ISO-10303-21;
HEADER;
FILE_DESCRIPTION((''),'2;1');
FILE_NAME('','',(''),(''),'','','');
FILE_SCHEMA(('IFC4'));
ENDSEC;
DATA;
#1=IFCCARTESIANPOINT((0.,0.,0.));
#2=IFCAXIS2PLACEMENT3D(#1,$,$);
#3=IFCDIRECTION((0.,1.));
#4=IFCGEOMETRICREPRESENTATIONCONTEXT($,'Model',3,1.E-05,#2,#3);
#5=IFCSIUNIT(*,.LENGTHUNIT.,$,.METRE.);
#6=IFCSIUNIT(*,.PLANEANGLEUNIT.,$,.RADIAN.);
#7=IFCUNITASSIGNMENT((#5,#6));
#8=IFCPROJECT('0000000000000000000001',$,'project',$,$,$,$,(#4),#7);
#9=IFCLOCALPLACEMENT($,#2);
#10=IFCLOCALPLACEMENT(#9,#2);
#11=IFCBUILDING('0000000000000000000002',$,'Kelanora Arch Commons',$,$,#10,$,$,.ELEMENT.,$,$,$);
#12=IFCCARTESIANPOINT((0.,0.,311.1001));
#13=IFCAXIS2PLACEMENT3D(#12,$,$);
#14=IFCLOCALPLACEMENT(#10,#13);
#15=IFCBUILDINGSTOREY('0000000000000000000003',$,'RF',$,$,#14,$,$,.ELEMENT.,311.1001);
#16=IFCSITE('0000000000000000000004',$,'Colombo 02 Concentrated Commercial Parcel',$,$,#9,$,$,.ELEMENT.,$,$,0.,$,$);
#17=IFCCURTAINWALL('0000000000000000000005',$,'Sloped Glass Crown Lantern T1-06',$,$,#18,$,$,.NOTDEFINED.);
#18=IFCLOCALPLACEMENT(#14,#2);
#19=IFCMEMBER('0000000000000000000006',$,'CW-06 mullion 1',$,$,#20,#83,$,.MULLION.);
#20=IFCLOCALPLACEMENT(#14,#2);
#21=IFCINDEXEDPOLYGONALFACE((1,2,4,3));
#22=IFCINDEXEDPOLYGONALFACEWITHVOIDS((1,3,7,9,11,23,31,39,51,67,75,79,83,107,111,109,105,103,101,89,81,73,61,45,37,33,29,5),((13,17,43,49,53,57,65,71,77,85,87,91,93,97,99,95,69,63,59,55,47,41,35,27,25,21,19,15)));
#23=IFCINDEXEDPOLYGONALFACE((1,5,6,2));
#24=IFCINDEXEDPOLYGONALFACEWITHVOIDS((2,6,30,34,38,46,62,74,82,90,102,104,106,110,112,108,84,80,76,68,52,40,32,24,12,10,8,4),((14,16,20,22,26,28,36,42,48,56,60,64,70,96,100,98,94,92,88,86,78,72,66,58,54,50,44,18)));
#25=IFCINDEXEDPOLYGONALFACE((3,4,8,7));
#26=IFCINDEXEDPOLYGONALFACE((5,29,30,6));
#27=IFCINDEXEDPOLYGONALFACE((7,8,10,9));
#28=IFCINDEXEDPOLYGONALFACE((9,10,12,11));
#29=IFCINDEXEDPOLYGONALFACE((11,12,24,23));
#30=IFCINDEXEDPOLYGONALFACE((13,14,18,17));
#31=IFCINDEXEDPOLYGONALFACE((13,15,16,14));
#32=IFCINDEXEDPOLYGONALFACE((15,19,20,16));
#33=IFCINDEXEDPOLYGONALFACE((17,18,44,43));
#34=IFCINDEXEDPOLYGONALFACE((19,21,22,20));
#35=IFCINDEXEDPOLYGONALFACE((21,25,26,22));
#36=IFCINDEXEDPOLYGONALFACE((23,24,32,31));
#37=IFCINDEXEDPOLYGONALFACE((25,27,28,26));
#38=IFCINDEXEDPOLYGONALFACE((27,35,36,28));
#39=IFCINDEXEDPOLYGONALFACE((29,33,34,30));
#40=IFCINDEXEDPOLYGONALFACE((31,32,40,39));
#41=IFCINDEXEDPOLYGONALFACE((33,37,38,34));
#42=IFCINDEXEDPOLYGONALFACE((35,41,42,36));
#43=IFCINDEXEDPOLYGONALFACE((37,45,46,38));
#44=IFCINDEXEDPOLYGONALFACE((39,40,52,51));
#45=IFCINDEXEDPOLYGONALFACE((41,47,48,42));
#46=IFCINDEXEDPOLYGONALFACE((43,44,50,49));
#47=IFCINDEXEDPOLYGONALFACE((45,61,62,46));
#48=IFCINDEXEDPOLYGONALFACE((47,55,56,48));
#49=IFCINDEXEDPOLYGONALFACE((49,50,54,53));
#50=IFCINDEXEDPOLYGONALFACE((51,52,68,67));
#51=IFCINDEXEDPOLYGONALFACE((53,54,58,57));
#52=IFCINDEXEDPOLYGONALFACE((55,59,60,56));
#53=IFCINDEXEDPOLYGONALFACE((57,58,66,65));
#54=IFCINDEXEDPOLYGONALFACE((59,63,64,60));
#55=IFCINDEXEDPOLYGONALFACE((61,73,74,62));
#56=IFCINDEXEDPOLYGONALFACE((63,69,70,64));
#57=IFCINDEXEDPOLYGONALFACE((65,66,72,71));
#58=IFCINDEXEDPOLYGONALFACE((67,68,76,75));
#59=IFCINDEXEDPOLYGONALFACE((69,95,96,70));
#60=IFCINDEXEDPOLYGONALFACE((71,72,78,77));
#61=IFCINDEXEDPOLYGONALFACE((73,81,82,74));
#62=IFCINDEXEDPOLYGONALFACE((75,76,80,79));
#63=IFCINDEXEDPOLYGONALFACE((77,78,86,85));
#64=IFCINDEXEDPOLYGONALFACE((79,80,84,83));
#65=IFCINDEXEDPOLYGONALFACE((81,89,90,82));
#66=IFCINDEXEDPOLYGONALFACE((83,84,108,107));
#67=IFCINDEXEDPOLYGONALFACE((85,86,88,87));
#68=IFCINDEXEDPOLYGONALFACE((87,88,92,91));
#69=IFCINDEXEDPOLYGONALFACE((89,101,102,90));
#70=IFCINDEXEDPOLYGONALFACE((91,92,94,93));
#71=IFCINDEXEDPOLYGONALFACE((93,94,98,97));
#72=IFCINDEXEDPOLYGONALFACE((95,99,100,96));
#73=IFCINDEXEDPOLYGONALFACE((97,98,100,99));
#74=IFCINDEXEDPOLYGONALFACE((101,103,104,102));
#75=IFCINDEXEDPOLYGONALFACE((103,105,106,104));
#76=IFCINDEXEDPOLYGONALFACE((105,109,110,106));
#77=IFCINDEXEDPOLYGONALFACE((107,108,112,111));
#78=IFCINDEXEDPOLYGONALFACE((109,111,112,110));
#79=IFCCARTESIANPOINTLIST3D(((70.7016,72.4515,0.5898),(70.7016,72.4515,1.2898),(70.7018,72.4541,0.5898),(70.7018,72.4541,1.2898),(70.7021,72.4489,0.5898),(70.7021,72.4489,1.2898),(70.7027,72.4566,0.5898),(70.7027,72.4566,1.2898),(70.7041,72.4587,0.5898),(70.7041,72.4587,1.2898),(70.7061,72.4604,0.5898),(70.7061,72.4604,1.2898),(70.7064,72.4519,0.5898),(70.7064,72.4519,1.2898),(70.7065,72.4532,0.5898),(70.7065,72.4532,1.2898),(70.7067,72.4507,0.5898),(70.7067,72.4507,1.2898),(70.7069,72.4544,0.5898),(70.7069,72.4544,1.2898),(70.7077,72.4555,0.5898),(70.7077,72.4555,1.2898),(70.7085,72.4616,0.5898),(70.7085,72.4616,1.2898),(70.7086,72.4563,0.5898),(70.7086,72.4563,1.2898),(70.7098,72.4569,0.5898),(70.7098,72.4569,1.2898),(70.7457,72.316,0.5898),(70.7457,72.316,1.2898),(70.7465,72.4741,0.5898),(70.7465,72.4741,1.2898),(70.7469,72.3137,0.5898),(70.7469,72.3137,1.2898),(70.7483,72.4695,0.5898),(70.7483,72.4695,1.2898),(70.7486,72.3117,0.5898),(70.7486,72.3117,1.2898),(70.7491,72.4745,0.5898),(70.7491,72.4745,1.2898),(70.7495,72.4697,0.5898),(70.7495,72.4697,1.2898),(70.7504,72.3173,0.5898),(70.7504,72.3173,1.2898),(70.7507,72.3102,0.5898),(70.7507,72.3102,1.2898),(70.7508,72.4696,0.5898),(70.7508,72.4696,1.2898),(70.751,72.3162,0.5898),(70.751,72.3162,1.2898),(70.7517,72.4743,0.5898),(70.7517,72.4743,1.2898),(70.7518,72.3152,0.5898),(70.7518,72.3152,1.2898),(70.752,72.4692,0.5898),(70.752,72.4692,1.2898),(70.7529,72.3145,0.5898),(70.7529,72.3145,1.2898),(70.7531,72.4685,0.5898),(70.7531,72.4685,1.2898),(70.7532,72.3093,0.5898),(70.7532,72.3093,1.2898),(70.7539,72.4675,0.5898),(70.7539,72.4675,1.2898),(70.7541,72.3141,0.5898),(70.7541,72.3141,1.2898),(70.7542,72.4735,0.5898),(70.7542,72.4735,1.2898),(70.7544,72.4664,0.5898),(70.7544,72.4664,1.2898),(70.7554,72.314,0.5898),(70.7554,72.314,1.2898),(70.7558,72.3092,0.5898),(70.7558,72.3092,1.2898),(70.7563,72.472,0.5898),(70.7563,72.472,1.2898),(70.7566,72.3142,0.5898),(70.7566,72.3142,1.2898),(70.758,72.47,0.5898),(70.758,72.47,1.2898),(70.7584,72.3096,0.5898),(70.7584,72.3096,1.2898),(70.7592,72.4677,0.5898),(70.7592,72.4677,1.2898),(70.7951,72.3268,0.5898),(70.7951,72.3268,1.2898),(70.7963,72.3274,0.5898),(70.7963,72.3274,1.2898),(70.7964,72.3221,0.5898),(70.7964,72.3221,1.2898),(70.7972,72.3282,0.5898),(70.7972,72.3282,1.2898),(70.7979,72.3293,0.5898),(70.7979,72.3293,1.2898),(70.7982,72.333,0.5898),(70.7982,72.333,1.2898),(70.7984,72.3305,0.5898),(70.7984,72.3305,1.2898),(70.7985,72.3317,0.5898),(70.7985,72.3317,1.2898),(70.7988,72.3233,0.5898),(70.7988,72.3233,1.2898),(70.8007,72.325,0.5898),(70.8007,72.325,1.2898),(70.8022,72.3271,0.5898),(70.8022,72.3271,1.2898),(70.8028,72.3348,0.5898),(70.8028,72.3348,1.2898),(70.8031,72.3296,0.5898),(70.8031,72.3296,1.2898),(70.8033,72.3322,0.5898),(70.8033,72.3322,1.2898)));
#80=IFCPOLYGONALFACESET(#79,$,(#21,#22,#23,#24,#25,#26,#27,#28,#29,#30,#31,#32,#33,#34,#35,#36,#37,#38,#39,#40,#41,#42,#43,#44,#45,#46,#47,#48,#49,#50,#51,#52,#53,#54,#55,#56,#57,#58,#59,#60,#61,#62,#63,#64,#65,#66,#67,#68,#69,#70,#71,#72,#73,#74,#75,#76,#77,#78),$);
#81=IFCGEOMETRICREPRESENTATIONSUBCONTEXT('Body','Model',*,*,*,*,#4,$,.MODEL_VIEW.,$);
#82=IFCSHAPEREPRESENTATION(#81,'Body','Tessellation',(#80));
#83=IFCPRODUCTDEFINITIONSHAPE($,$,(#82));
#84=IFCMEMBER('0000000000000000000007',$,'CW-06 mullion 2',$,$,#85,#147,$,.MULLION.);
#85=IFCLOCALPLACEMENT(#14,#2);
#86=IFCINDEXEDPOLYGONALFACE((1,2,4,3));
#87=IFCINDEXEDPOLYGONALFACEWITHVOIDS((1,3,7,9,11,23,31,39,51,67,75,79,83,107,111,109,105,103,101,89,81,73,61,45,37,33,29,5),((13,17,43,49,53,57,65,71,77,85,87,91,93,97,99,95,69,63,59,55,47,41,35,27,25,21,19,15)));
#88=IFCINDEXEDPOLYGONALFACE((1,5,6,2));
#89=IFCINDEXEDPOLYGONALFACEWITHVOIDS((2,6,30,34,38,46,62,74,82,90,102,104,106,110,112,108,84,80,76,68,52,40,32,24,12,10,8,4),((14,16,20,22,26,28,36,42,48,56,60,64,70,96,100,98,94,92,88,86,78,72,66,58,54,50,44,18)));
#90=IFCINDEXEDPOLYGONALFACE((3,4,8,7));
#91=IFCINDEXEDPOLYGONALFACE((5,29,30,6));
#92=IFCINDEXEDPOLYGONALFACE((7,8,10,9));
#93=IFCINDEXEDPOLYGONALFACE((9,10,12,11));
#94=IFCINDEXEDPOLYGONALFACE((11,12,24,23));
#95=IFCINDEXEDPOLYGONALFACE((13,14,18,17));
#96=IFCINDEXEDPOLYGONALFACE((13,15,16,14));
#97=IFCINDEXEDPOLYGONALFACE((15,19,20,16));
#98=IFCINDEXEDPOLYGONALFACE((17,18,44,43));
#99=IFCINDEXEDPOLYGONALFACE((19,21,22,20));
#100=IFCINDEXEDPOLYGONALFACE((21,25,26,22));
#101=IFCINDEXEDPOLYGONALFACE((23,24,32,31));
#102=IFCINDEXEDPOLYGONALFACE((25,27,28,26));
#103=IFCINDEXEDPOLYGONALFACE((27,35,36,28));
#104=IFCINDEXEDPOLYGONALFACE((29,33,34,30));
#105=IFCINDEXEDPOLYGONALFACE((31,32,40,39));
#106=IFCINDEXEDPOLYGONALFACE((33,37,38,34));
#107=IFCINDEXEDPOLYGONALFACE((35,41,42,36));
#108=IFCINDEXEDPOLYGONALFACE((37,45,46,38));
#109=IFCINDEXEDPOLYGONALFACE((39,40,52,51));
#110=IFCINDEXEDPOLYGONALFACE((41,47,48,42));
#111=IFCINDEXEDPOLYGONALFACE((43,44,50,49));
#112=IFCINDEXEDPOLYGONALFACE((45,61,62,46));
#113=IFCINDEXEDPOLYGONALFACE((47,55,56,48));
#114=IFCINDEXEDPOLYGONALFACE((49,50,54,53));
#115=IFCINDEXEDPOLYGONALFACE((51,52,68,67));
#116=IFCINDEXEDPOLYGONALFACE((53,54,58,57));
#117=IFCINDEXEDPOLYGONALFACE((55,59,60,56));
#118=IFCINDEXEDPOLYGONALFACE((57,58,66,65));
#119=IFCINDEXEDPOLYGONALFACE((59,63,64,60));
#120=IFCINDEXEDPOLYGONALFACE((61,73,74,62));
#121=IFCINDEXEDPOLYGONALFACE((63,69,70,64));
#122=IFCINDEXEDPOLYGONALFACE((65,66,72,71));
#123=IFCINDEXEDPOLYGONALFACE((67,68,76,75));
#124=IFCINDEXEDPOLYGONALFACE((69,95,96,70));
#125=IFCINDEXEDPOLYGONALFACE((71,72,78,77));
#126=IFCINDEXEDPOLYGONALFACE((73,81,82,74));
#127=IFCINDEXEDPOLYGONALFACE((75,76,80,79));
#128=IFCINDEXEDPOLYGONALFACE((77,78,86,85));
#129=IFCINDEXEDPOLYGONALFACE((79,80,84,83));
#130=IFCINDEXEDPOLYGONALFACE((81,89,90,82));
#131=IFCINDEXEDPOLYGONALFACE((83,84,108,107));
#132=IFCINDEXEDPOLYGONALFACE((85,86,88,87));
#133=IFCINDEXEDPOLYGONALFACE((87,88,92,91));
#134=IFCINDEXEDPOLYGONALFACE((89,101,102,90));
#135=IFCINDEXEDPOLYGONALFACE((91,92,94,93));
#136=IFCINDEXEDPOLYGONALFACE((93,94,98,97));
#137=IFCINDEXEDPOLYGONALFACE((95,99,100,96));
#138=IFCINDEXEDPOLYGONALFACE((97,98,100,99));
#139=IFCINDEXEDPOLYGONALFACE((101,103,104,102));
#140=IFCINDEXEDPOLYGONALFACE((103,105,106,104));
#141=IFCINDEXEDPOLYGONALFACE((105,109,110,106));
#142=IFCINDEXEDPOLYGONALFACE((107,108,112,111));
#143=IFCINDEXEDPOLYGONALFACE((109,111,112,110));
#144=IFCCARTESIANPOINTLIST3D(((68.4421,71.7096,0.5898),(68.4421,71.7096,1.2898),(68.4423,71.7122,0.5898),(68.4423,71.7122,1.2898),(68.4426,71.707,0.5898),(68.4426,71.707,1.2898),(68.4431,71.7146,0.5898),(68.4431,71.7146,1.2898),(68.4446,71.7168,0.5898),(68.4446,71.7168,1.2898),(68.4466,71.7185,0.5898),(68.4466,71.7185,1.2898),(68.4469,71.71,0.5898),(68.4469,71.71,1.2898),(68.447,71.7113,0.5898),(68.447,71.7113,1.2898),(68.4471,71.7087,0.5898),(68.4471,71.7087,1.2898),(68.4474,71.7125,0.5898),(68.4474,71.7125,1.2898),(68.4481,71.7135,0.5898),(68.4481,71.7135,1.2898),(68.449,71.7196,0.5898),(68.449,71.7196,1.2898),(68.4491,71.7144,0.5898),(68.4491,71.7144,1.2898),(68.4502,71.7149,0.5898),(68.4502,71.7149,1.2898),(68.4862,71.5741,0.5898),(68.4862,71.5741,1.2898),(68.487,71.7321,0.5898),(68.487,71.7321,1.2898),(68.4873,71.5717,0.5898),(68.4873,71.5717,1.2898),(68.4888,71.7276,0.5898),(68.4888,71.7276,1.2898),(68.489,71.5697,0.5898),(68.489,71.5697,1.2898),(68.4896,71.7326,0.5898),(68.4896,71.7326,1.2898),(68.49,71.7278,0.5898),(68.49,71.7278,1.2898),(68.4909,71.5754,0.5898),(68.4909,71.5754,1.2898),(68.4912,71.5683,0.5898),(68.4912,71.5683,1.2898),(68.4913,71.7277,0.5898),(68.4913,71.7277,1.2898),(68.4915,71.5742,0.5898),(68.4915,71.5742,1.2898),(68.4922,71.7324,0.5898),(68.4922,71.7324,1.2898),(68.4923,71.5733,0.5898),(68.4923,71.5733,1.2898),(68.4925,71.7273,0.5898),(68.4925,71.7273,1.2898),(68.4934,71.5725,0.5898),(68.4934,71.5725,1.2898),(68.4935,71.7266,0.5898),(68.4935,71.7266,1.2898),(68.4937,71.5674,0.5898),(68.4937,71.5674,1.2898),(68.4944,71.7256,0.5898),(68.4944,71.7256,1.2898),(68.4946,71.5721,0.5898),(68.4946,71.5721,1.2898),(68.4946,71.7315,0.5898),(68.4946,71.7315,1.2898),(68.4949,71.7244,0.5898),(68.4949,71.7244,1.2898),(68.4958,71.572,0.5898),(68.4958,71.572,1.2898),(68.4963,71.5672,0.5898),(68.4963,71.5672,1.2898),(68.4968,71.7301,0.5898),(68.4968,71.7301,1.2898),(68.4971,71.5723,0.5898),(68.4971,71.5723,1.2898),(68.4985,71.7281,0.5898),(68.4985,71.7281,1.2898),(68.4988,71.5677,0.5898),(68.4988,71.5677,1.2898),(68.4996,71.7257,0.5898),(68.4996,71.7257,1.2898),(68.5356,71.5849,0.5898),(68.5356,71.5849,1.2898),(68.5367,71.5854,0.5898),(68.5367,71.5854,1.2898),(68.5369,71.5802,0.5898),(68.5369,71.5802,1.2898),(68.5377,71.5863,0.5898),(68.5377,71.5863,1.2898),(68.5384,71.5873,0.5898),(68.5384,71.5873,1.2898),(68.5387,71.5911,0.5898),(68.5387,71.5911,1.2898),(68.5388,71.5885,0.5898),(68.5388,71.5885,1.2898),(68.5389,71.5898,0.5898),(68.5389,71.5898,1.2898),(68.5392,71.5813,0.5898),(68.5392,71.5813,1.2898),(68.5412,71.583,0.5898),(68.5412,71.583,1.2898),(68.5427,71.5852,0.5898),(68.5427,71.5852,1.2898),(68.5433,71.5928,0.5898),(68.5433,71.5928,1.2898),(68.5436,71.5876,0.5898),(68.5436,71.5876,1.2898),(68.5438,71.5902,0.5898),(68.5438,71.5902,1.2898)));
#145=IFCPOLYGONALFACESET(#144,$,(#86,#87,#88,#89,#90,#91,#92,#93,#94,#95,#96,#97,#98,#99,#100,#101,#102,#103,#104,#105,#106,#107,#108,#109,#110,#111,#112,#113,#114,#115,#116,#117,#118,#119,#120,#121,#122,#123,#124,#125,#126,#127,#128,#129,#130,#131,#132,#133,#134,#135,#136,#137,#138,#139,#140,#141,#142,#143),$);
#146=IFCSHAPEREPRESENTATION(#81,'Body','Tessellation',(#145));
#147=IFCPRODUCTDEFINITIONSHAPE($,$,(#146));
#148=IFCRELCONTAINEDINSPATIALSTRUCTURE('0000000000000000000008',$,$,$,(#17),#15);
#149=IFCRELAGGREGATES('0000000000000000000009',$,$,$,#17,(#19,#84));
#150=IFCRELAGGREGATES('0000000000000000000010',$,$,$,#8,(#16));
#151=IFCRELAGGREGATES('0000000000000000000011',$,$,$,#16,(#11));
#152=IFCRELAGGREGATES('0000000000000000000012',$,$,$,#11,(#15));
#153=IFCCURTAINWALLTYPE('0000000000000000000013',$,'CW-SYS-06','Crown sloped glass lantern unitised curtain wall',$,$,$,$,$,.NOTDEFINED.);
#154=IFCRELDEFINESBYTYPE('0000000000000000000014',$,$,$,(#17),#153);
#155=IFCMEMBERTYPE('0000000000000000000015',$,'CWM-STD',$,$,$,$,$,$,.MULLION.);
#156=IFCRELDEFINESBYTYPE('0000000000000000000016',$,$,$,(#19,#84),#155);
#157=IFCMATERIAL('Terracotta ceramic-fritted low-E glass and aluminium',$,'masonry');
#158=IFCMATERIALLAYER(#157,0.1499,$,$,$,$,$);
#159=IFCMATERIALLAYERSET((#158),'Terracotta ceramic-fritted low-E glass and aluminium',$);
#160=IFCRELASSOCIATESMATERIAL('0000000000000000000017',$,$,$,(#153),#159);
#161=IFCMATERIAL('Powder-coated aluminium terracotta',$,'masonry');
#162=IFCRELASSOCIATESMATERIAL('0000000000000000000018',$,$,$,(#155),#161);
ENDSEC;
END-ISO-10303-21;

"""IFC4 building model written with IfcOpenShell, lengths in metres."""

from ifc_helpers import new_model, si_unit, direction, frame, origin, origin_2d, place, context, subcontext, project, spatial, hollow_rectangle, extrude, material, layer, layer_set, material_profile, profile_set, type_object, element, aggregate, save


model = new_model("IFC4")

# Units and contexts
model_context = context("Model", 3, precision=1e-05, world=origin(), true_north=direction((0.0, 1.0)))
body_context = subcontext(model_context, "Body", "Model", "MODEL_VIEW")
ifc_project = project(units=[si_unit("LENGTHUNIT", "METRE"), si_unit("PLANEANGLEUNIT", "RADIAN")], contexts=[model_context])

# Site, building, storey
site_placement = place(None, origin())
site = spatial("IfcSite", under=ifc_project, at=site_placement, Name="Colombo 02 Concentrated Commercial Parcel", CompositionType="ELEMENT", RefElevation=0.0)
building_placement = place(site_placement, origin())
building = spatial("IfcBuilding", under=site, at=building_placement, Name="Kelanora Arch Commons", CompositionType="ELEMENT")
storey_placement = place(building_placement, frame((0.0, 0.0, 311.1001)))
storey = spatial("IfcBuildingStorey", under=building, at=storey_placement, Name="RF", CompositionType="ELEMENT", Elevation=311.1001)

# Shared definitions
ifc_material_1 = material(Name="Terracotta ceramic-fritted low-E glass and aluminium", Category="masonry")
ifc_layer_1 = layer(ifc_material_1, 0.1499)
ifc_layer_set_1 = layer_set([ifc_layer_1], Name="Terracotta ceramic-fritted low-E glass and aluminium")
curtain_wall_type = type_object("IfcCurtainWallType", Name="CW-SYS-06", Description="Crown sloped glass lantern unitised curtain wall", PredefinedType="NOTDEFINED", material=ifc_layer_set_1)
ifc_material_2 = material(Name="Powder-coated aluminium terracotta", Category="masonry")
ifc_material_profile_1 = material_profile(ifc_material_2, hollow_rectangle(XDim=0.1599, YDim=0.0601, WallThickness=0.0049, InnerFilletRadius=0.0049, OuterFilletRadius=0.01, at=origin_2d()), Name="CWM160x60")
ifc_profile_set_1 = profile_set([ifc_material_profile_1], Name="Powder-coated aluminium terracotta")
member_type_1 = type_object("IfcMemberType", Name="CWM-STD", PredefinedType="MULLION", material=ifc_profile_set_1)

# Curtain wall, members
curtain_wall_1_placement = place(storey_placement, origin())
curtain_wall_1 = element("IfcCurtainWall", 1, at=curtain_wall_1_placement, inside=storey, type_object=curtain_wall_type, Name="Sloped Glass Crown Lantern T1-06", PredefinedType="NOTDEFINED")
member_1_placement = place(storey_placement, frame((70.7524, 72.3918, 0.5898), z_axis=(0.0, 0.0, 1.0), x_axis=(0.311945, -0.9501, 0.0)))
member_1 = element("IfcMember", 2, at=member_1_placement, type_object=member_type_1, Name="CW-06 mullion 1", PredefinedType="MULLION", context=body_context, shape_type="SweptSolid", body=[
    extrude(hollow_rectangle(XDim=0.1599, YDim=0.0601, WallThickness=0.0049, InnerFilletRadius=0.0049, OuterFilletRadius=0.01, at=origin_2d()), origin(), (0.0, 0.0, 1.0), 0.7),
])
member_2_placement = place(storey_placement, frame((68.4929, 71.6499, 0.5898), z_axis=(0.0, 0.0, 1.0), x_axis=(0.311945, -0.9501, 0.0)))
member_2 = element("IfcMember", 3, at=member_2_placement, type_object=member_type_1, Name="CW-06 mullion 2", PredefinedType="MULLION", context=body_context, shape_type="SweptSolid", body=[
    extrude(hollow_rectangle(XDim=0.1599, YDim=0.0601, WallThickness=0.0049, InnerFilletRadius=0.0049, OuterFilletRadius=0.01, at=origin_2d()), origin(), (0.0, 0.0, 1.0), 0.7),
])

aggregate(curtain_wall_1, [member_1, member_2])

save(model, "model.ifc")
